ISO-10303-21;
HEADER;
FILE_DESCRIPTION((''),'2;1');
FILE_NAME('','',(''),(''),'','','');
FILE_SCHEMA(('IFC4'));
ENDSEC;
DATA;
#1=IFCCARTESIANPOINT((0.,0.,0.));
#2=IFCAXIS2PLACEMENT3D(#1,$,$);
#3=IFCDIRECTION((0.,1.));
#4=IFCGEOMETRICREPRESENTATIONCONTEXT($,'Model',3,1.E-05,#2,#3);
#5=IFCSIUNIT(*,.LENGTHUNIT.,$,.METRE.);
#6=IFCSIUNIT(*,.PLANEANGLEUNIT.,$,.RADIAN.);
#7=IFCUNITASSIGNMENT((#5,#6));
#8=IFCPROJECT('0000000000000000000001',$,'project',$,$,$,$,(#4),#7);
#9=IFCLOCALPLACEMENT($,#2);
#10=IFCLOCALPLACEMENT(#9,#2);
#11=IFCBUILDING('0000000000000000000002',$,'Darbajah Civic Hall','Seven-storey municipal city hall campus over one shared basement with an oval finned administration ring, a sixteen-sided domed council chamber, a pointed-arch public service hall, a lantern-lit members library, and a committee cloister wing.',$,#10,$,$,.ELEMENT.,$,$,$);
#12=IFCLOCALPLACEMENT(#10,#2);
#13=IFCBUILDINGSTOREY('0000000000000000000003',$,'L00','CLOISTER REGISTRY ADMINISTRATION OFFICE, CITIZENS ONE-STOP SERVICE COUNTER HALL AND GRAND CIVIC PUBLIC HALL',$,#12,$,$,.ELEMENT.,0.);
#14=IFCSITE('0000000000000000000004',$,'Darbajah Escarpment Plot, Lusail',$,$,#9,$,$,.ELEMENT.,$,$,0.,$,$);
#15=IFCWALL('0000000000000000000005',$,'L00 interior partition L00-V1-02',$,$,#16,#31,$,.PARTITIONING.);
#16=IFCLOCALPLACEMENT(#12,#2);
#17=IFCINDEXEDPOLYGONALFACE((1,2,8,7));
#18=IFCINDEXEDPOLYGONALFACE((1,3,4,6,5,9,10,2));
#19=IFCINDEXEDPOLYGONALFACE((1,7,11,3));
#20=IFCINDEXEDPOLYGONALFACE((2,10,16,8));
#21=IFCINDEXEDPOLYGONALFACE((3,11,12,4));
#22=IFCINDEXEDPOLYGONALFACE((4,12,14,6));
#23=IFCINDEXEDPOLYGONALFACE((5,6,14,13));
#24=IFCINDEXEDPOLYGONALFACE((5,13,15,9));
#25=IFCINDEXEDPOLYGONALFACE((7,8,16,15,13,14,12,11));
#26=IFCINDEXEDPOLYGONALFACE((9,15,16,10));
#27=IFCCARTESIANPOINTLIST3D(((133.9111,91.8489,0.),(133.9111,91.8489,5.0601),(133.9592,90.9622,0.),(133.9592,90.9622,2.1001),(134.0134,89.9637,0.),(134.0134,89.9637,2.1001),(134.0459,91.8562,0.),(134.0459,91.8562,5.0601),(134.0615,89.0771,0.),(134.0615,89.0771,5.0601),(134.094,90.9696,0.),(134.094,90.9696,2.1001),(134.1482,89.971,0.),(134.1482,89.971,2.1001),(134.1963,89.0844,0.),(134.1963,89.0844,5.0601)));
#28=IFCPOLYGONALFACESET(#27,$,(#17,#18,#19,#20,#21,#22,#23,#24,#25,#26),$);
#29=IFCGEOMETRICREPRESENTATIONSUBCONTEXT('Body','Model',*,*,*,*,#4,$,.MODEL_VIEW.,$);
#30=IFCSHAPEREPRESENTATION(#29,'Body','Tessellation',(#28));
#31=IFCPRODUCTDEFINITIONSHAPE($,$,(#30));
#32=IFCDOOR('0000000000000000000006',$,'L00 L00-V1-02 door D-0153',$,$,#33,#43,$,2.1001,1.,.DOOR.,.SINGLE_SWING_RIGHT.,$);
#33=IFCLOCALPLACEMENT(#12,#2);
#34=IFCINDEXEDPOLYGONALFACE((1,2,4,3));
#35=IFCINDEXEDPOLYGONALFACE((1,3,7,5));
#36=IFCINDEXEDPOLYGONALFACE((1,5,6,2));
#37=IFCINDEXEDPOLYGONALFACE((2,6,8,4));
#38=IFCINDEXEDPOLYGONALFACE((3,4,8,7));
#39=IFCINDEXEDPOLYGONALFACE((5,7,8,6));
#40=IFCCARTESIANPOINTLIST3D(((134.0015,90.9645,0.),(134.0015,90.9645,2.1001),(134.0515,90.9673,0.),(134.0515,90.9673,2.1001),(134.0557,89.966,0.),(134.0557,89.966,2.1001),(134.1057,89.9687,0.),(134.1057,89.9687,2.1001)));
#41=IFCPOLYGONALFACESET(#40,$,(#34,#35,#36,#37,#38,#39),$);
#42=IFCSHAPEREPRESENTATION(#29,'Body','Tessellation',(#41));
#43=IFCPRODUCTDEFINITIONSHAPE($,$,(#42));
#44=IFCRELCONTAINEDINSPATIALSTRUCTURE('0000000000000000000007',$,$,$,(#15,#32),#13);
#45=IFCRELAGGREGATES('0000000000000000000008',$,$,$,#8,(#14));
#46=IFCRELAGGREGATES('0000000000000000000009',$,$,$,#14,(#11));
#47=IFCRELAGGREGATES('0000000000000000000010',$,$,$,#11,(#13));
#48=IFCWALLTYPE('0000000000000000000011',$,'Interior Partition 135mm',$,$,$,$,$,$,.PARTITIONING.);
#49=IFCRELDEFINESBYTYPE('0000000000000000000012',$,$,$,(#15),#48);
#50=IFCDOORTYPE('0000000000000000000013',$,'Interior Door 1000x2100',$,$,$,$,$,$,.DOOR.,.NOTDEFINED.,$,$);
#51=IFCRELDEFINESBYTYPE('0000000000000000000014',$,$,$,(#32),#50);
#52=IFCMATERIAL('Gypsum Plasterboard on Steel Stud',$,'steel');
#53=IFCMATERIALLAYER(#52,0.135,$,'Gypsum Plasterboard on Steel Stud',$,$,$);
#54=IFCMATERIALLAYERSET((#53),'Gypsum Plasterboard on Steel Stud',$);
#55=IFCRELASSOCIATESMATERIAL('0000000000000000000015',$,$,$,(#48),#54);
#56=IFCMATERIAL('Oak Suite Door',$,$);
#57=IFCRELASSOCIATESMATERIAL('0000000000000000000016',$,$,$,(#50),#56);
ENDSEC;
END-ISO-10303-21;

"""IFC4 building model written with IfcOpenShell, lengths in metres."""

from ifc_helpers import new_model, si_unit, direction, frame, frame_2d, origin, place, context, subcontext, project, spatial, rectangle, extrude, material, layer, layer_set, type_object, element, fill, save


model = new_model("IFC4")

# Units and contexts
model_context = context("Model", 3, precision=1e-05, world=origin(), true_north=direction((0.0, 1.0)))
body_context = subcontext(model_context, "Body", "Model", "MODEL_VIEW")
ifc_project = project(units=[si_unit("LENGTHUNIT", "METRE"), si_unit("PLANEANGLEUNIT", "RADIAN")], contexts=[model_context])

# Site, building, storey
site_placement = place(None, origin())
site = spatial("IfcSite", under=ifc_project, at=site_placement, Name="Darbajah Escarpment Plot, Lusail", CompositionType="ELEMENT", RefElevation=0.0)
building_placement = place(site_placement, origin())
building = spatial("IfcBuilding", under=site, at=building_placement, Name="Darbajah Civic Hall", Description="Seven-storey municipal city hall campus over one shared basement with an oval finned administration ring, a sixteen-sided domed council chamber, a pointed-arch public service hall, a lantern-lit members library, and a committee cloister wing.", CompositionType="ELEMENT")
storey_placement = place(building_placement, origin())
storey = spatial("IfcBuildingStorey", under=building, at=storey_placement, Name="L00", Description="CLOISTER REGISTRY ADMINISTRATION OFFICE, CITIZENS ONE-STOP SERVICE COUNTER HALL AND GRAND CIVIC PUBLIC HALL", CompositionType="ELEMENT", Elevation=0.0)

# Wall, opening, door
ifc_material_1 = material(Name="Gypsum Plasterboard on Steel Stud", Category="steel")
ifc_layer_1 = layer(ifc_material_1, 0.135, Name="Gypsum Plasterboard on Steel Stud")
ifc_layer_set_1 = layer_set([ifc_layer_1], Name="Gypsum Plasterboard on Steel Stud")
wall_type_1 = type_object("IfcWallType", Name="Interior Partition 135mm", PredefinedType="PARTITIONING", material=ifc_layer_set_1)
wall_1_placement = place(storey_placement, frame((133.9785, 91.8525, 0.0), z_axis=(0.0, 0.0, 1.0), x_axis=(0.054179, -0.998531, 0.0)))
wall_1 = element("IfcWall", 1, at=wall_1_placement, inside=storey, type_object=wall_type_1, Name="L00 interior partition L00-V1-02", PredefinedType="PARTITIONING", context=body_context, shape_type="SweptSolid", body=[
    extrude(rectangle(XDim=2.7759, YDim=0.135, at=frame_2d((1.3879, 0.0))), origin(), (0.0, 0.0, 1.0), 5.0601),
])
opening_1_placement = place(wall_1_placement, frame((0.8879, 0.0, 0.0)))
opening_1 = element("IfcOpeningElement", 2, at=opening_1_placement, cuts=wall_1, PredefinedType="OPENING", context=body_context, shape_type="SweptSolid", body=[
    extrude(rectangle(XDim=1.0, YDim=2.1001, at=frame_2d((0.5, 1.05))), frame((0.0, 0.0774, 0.0), z_axis=(0.0, -1.0, 0.0), x_axis=(1.0, 0.0, 0.0)), (0.0, 0.0, 1.0), 0.155),
])
ifc_material_2 = material(Name="Oak Suite Door")
door_type = type_object("IfcDoorType", Name="Interior Door 1000x2100", OperationType="NOTDEFINED", PredefinedType="DOOR", material=ifc_material_2)
door_placement = place(opening_1_placement, origin())
door = element("IfcDoor", 3, at=door_placement, inside=storey, type_object=door_type, Name="L00 L00-V1-02 door D-0153", OperationType="SINGLE_SWING_RIGHT", OverallHeight=2.1001, OverallWidth=1.0, PredefinedType="DOOR", context=body_context, shape_type="SweptSolid", body=[
    extrude(rectangle(XDim=1.0, YDim=2.1001, at=frame_2d((0.5, 1.05))), frame((0.0, 0.0249, 0.0), z_axis=(0.0, -1.0, 0.0), x_axis=(1.0, 0.0, 0.0)), (0.0, 0.0, 1.0), 0.05),
])
fill(opening_1, door)

save(model, "model.ifc")
